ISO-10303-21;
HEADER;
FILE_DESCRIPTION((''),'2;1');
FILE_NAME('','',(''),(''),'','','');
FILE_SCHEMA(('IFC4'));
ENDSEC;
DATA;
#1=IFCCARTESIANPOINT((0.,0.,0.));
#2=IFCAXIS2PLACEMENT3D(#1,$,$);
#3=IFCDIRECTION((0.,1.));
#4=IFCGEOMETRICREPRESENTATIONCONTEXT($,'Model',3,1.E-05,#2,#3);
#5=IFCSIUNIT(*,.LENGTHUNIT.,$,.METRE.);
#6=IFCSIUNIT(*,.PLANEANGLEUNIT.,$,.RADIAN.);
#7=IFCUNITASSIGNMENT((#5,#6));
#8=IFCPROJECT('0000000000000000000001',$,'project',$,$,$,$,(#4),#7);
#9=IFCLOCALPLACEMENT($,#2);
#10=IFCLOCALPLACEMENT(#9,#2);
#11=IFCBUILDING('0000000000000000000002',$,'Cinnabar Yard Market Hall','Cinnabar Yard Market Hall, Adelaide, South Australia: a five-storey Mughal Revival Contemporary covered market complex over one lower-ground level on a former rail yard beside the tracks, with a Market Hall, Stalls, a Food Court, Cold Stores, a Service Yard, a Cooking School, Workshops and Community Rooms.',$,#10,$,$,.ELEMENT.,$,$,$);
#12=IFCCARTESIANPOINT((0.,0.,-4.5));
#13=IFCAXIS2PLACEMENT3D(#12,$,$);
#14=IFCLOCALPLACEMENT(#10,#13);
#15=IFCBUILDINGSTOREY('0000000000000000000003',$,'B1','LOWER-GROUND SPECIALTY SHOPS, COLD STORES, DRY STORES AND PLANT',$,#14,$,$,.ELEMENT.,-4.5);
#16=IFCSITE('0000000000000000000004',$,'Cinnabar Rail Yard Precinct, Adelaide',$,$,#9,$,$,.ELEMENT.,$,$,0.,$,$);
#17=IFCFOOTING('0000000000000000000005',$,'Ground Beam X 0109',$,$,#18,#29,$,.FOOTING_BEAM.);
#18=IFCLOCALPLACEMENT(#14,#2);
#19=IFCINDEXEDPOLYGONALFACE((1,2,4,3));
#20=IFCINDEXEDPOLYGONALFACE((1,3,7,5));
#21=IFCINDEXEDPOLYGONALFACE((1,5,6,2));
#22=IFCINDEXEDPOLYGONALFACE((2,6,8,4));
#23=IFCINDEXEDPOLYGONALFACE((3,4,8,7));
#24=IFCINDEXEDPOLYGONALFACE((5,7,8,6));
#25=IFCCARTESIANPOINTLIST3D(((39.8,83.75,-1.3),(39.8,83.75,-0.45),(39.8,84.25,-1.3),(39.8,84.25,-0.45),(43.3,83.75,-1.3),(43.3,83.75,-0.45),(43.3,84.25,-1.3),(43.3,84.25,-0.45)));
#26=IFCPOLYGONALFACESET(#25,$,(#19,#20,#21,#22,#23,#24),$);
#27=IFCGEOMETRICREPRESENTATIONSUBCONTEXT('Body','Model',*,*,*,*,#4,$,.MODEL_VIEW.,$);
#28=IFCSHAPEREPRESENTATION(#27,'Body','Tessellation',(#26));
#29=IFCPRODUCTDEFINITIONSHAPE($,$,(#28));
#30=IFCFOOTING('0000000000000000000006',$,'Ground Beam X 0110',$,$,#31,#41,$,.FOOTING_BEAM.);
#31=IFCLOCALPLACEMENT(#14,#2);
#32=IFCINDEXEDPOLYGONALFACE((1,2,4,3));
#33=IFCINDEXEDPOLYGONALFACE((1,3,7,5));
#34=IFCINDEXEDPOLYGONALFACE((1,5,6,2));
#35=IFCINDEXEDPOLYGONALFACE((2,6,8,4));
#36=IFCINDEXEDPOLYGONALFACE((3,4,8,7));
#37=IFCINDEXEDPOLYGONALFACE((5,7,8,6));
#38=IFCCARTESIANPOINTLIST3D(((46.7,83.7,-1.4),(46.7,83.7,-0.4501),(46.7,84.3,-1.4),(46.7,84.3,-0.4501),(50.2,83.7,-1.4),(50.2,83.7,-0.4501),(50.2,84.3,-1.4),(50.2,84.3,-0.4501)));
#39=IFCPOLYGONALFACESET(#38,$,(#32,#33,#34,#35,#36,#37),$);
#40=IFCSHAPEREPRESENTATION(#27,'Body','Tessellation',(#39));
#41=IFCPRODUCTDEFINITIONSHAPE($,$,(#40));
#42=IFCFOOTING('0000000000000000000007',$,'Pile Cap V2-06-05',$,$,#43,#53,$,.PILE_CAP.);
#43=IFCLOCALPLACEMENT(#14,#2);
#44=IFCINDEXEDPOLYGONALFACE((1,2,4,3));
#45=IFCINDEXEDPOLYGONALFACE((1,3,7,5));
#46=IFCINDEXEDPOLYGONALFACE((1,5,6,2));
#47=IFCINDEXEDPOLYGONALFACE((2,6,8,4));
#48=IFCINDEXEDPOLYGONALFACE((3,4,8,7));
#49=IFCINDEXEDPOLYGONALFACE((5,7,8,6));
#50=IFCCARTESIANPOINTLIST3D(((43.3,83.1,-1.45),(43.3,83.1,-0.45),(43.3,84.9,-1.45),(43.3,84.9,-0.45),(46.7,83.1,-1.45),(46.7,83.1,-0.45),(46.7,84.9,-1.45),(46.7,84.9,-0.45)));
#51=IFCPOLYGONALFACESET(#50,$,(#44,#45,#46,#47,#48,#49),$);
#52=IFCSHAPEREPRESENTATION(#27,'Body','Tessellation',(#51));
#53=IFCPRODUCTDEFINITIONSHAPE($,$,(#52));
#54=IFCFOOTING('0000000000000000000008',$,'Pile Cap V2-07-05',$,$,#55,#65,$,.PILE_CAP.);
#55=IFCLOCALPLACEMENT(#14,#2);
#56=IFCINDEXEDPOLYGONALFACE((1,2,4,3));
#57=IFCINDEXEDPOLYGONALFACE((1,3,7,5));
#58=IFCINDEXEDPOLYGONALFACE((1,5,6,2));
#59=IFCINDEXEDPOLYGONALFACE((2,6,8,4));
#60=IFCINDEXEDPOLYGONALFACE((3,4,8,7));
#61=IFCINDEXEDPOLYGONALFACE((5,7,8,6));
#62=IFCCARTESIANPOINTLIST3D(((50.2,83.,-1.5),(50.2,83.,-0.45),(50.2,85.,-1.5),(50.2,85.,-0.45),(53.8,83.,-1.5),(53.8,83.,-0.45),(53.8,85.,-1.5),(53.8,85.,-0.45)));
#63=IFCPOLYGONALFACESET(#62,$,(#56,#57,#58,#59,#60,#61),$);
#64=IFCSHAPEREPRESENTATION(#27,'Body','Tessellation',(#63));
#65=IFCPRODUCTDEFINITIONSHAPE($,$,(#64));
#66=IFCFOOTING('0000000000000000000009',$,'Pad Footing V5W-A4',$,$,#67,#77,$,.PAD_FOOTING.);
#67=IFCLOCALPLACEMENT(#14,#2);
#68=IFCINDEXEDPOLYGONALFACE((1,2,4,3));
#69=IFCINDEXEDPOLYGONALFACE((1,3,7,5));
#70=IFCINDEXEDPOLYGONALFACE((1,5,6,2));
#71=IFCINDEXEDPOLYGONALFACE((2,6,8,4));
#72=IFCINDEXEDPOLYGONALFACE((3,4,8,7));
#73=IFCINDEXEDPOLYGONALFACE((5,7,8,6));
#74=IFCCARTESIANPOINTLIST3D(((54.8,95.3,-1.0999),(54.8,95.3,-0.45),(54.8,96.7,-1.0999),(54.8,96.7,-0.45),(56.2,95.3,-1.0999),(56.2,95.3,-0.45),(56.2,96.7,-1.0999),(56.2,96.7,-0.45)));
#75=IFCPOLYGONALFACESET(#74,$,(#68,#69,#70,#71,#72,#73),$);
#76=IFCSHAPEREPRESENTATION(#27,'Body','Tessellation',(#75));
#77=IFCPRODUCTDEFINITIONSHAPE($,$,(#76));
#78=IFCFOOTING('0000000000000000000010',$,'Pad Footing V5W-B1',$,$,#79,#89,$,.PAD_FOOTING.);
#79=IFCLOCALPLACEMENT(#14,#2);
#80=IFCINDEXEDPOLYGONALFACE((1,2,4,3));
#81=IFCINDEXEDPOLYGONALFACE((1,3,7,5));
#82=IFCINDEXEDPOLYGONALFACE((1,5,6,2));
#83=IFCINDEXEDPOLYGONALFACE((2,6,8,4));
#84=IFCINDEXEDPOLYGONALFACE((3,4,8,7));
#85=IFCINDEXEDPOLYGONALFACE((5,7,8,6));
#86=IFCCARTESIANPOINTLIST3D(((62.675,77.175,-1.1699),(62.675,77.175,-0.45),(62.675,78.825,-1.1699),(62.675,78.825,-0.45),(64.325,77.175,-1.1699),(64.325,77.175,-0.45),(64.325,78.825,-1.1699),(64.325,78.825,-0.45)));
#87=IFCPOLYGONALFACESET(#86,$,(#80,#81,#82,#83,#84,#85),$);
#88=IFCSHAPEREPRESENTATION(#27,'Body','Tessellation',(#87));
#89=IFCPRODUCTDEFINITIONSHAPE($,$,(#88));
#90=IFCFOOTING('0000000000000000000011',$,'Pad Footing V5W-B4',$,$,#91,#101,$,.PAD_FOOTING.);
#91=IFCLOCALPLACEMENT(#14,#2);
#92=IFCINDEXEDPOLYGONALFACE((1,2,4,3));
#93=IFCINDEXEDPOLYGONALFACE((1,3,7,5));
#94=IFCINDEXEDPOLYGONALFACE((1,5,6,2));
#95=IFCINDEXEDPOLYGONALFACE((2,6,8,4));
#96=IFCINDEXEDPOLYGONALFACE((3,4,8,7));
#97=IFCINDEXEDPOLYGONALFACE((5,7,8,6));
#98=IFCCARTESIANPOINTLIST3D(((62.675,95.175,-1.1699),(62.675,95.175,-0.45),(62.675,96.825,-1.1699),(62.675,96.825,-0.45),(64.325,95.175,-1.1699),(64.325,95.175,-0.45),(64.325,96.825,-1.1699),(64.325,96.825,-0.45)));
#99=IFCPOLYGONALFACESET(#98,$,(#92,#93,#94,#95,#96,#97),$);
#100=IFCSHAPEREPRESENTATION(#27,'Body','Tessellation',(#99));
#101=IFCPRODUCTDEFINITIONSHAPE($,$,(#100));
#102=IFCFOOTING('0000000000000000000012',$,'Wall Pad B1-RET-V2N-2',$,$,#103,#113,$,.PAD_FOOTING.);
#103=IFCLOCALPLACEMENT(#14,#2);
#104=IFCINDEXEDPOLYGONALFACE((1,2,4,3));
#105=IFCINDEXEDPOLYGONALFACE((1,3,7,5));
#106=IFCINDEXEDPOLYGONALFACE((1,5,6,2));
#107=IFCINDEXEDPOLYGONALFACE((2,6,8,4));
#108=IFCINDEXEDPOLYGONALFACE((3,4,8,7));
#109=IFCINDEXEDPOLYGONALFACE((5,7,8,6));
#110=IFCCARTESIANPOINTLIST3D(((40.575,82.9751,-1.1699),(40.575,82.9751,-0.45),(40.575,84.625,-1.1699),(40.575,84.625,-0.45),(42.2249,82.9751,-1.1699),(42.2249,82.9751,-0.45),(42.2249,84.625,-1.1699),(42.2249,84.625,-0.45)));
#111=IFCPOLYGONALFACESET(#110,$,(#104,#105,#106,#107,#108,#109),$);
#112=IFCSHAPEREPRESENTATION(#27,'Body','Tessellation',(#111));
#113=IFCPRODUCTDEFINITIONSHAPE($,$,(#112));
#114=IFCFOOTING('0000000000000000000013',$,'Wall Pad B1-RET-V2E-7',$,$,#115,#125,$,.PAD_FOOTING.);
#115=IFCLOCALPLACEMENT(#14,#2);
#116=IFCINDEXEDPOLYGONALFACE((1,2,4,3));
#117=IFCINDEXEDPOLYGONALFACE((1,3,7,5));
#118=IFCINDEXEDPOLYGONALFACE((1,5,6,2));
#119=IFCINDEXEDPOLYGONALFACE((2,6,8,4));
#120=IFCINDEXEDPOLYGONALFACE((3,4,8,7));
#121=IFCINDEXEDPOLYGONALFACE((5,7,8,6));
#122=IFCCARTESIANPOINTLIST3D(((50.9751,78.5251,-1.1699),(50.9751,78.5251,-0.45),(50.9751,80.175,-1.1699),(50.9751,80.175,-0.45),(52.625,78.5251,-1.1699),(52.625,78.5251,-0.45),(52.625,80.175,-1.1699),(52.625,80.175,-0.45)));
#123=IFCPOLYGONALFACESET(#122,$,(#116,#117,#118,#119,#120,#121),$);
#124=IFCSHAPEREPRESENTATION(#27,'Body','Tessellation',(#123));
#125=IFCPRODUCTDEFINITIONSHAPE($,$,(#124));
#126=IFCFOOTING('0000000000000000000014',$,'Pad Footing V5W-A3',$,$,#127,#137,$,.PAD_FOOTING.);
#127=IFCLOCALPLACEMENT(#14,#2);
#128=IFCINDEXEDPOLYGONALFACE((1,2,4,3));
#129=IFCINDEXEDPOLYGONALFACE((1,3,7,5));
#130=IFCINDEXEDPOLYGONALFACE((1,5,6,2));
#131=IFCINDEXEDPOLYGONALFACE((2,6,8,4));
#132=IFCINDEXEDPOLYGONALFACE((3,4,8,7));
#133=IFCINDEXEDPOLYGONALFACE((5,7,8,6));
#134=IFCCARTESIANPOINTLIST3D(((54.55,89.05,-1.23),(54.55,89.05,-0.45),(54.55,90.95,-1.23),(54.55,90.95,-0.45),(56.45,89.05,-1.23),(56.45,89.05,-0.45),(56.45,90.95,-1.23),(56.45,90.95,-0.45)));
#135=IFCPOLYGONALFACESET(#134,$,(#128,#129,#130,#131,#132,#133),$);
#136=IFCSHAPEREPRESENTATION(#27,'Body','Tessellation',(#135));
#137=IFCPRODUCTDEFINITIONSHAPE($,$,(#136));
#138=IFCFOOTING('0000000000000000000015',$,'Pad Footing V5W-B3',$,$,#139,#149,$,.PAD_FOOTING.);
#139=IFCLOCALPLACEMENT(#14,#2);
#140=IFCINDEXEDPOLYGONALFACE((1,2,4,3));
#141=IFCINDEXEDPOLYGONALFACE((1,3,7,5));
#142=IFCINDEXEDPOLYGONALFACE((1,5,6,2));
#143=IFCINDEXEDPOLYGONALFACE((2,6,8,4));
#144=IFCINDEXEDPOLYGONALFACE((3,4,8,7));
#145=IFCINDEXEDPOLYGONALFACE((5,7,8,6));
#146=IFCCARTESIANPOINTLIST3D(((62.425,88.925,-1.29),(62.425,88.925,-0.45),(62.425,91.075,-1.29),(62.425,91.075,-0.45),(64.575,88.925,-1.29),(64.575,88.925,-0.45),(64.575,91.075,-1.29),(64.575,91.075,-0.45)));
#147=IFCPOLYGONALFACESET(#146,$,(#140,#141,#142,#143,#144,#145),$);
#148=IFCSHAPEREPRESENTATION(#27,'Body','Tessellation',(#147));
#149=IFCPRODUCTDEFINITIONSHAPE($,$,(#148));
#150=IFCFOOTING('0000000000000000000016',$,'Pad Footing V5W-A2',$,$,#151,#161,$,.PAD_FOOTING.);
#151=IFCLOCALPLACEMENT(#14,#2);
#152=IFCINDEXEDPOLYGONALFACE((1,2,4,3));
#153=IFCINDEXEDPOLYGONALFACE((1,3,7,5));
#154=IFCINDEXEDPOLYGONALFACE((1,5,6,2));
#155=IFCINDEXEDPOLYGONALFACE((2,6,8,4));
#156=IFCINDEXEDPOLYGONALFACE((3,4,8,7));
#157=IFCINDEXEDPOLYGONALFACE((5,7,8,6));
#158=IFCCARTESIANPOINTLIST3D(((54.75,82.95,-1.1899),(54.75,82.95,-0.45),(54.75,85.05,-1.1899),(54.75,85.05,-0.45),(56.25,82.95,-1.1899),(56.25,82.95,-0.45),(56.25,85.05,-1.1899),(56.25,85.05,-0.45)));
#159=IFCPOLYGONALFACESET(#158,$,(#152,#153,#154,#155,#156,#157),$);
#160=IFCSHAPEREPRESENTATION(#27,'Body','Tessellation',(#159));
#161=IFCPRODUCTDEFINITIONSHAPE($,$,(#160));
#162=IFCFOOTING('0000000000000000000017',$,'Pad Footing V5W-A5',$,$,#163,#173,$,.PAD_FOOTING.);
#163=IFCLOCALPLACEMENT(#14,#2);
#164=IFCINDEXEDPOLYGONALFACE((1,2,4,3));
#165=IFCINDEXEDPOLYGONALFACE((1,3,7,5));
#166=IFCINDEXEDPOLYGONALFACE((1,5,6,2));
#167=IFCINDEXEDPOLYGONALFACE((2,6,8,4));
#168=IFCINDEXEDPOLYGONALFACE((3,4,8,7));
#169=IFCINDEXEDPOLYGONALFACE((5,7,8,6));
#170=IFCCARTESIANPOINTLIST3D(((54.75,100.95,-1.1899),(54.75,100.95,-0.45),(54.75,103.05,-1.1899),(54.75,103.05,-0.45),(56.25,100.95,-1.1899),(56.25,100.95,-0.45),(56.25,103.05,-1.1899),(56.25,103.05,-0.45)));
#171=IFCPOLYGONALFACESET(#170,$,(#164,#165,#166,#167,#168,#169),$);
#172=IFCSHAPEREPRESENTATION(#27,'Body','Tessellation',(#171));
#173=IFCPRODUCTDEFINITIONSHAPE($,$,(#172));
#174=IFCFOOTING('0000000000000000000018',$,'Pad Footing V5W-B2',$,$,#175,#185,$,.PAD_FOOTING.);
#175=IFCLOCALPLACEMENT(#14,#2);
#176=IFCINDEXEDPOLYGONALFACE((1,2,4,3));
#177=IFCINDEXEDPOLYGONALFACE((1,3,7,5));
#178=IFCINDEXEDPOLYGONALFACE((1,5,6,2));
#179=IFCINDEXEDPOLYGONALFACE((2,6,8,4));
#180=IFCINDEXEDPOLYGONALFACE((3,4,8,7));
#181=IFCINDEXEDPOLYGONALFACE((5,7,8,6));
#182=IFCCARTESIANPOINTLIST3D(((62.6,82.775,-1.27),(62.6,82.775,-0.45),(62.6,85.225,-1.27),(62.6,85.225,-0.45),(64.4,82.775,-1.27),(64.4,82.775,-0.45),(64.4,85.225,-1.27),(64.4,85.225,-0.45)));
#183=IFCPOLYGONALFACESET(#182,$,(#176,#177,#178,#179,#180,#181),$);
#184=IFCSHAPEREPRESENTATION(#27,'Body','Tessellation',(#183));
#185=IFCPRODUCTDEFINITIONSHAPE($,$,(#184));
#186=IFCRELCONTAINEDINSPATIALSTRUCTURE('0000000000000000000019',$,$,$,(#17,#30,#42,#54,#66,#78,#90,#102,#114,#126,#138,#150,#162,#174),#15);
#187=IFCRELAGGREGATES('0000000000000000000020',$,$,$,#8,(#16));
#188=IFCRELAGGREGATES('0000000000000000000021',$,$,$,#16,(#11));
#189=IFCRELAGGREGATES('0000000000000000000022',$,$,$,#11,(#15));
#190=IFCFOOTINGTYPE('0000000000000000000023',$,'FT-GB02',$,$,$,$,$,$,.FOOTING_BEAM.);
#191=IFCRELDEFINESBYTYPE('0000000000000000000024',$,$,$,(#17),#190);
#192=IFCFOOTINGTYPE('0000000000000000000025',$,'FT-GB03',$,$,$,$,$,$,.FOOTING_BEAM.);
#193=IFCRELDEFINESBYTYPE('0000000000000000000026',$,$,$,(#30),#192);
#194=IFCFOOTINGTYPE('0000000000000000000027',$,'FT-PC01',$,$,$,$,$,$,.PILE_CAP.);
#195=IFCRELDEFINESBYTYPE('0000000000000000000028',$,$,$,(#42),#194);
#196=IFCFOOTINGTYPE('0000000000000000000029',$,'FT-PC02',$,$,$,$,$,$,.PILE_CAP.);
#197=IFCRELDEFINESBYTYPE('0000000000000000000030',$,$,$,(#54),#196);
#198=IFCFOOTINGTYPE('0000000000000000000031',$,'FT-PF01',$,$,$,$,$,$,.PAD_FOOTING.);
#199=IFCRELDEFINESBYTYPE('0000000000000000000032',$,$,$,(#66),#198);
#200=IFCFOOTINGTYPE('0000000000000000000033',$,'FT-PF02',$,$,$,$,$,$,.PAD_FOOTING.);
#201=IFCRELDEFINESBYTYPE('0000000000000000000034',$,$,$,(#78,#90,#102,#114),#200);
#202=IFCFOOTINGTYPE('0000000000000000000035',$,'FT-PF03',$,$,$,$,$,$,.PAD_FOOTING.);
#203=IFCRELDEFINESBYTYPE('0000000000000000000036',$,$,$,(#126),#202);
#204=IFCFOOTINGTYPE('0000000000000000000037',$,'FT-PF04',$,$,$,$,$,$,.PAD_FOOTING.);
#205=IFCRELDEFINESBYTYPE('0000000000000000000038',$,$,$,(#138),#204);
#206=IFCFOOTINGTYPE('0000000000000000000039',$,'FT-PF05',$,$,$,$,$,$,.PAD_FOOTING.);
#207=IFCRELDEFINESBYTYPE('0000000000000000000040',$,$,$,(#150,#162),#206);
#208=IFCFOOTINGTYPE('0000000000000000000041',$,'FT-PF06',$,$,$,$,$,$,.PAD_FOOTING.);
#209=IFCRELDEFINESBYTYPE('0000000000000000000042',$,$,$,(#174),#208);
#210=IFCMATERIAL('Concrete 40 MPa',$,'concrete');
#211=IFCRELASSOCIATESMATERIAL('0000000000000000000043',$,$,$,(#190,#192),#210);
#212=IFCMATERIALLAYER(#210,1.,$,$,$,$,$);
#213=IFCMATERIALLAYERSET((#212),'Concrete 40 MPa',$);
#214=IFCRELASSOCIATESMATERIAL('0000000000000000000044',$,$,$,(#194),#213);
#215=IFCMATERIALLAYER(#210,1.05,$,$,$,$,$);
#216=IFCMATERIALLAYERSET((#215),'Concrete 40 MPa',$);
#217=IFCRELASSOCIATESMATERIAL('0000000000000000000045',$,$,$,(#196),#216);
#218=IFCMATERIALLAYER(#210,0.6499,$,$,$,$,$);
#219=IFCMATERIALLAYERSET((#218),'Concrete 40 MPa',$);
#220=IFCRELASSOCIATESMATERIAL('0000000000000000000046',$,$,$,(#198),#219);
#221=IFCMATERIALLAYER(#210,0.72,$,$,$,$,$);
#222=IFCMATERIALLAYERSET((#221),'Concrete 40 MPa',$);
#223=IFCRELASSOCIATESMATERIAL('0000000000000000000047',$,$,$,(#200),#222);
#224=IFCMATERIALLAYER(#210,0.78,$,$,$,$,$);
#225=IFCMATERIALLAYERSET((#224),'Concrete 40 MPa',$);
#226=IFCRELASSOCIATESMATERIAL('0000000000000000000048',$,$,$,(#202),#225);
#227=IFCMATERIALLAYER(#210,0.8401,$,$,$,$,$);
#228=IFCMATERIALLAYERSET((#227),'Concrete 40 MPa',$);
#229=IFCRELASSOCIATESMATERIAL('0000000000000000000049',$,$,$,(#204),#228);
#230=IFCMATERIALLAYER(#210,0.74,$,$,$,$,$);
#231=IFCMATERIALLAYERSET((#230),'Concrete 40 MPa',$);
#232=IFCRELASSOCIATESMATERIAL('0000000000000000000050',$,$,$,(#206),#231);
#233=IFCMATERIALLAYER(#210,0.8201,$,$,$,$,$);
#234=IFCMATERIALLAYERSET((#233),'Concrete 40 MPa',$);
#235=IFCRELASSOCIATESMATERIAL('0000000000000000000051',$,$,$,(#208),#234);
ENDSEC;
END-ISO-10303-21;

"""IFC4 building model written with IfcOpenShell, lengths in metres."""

from ifc_helpers import new_model, si_unit, direction, frame, origin, origin_2d_with_axis, place, context, subcontext, project, spatial, rectangle, extrude, material, layer, layer_set, material_profile, profile_set, type_object, element, save


model = new_model("IFC4")

# Units and contexts
model_context = context("Model", 3, precision=1e-05, world=origin(), true_north=direction((0.0, 1.0)))
body_context = subcontext(model_context, "Body", "Model", "MODEL_VIEW")
ifc_project = project(units=[si_unit("LENGTHUNIT", "METRE"), si_unit("PLANEANGLEUNIT", "RADIAN")], contexts=[model_context])

# Site, building, storey
site_placement = place(None, origin())
site = spatial("IfcSite", under=ifc_project, at=site_placement, Name="Cinnabar Rail Yard Precinct, Adelaide", CompositionType="ELEMENT", RefElevation=0.0)
building_placement = place(site_placement, origin())
building = spatial("IfcBuilding", under=site, at=building_placement, Name="Cinnabar Yard Market Hall", Description="Cinnabar Yard Market Hall, Adelaide, South Australia: a five-storey Mughal Revival Contemporary covered market complex over one lower-ground level on a former rail yard beside the tracks, with a Market Hall, Stalls, a Food Court, Cold Stores, a Service Yard, a Cooking School, Workshops and Community Rooms.", CompositionType="ELEMENT")
storey_placement = place(building_placement, frame((0.0, 0.0, -4.5)))
storey = spatial("IfcBuildingStorey", under=building, at=storey_placement, Name="B1", Description="LOWER-GROUND SPECIALTY SHOPS, COLD STORES, DRY STORES AND PLANT", CompositionType="ELEMENT", Elevation=-4.5)

# Footings
ifc_material_1 = material(Name="Concrete 40 MPa", Category="concrete")
ifc_material_profile_1 = material_profile(ifc_material_1, rectangle(XDim=0.5, YDim=0.8501, at=origin_2d_with_axis()), Name="GB-500x850")
ifc_profile_set_1 = profile_set([ifc_material_profile_1], Name="Concrete 40 MPa")
footing_type_1 = type_object("IfcFootingType", Name="FT-GB02", PredefinedType="FOOTING_BEAM", material=ifc_profile_set_1)
footing_1_placement = place(storey_placement, frame((39.8, 84.0, -0.875), z_axis=(1.0, 0.0, 0.0), x_axis=(0.0, 1.0, 0.0)))
element("IfcFooting", 1, at=footing_1_placement, inside=storey, type_object=footing_type_1, Name="Ground Beam X 0109", PredefinedType="FOOTING_BEAM", context=body_context, shape_type="SweptSolid", body=[
    extrude(rectangle(XDim=0.5, YDim=0.8501, at=origin_2d_with_axis()), origin(), (0.0, 0.0, 1.0), 3.5),
])
ifc_material_profile_2 = material_profile(ifc_material_1, rectangle(XDim=0.6001, YDim=0.95, at=origin_2d_with_axis()), Name="GB-600x950")
ifc_profile_set_2 = profile_set([ifc_material_profile_2], Name="Concrete 40 MPa")
footing_type_2 = type_object("IfcFootingType", Name="FT-GB03", PredefinedType="FOOTING_BEAM", material=ifc_profile_set_2)
footing_2_placement = place(storey_placement, frame((46.7, 84.0, -0.925), z_axis=(1.0, 0.0, 0.0), x_axis=(0.0, 1.0, 0.0)))
element("IfcFooting", 2, at=footing_2_placement, inside=storey, type_object=footing_type_2, Name="Ground Beam X 0110", PredefinedType="FOOTING_BEAM", context=body_context, shape_type="SweptSolid", body=[
    extrude(rectangle(XDim=0.6001, YDim=0.95, at=origin_2d_with_axis()), origin(), (0.0, 0.0, 1.0), 3.5),
])
ifc_layer_1 = layer(ifc_material_1, 1.0)
ifc_layer_set_1 = layer_set([ifc_layer_1], Name="Concrete 40 MPa")
footing_type_3 = type_object("IfcFootingType", Name="FT-PC01", PredefinedType="PILE_CAP", material=ifc_layer_set_1)
footing_3_placement = place(storey_placement, frame((45.0, 84.0, -1.45), z_axis=(0.0, 0.0, 1.0), x_axis=(1.0, 0.0, 0.0)))
element("IfcFooting", 3, at=footing_3_placement, inside=storey, type_object=footing_type_3, Name="Pile Cap V2-06-05", PredefinedType="PILE_CAP", context=body_context, shape_type="SweptSolid", body=[
    extrude(rectangle(XDim=3.3999, YDim=1.8, at=origin_2d_with_axis()), origin(), (0.0, 0.0, 1.0), 1.0),
])
ifc_layer_2 = layer(ifc_material_1, 1.05)
ifc_layer_set_2 = layer_set([ifc_layer_2], Name="Concrete 40 MPa")
footing_type_4 = type_object("IfcFootingType", Name="FT-PC02", PredefinedType="PILE_CAP", material=ifc_layer_set_2)
footing_4_placement = place(storey_placement, frame((52.0, 84.0, -1.5), z_axis=(0.0, 0.0, 1.0), x_axis=(1.0, 0.0, 0.0)))
element("IfcFooting", 4, at=footing_4_placement, inside=storey, type_object=footing_type_4, Name="Pile Cap V2-07-05", PredefinedType="PILE_CAP", context=body_context, shape_type="SweptSolid", body=[
    extrude(rectangle(XDim=3.6001, YDim=2.0, at=origin_2d_with_axis()), origin(), (0.0, 0.0, 1.0), 1.05),
])
ifc_layer_3 = layer(ifc_material_1, 0.6499)
ifc_layer_set_3 = layer_set([ifc_layer_3], Name="Concrete 40 MPa")
footing_type_5 = type_object("IfcFootingType", Name="FT-PF01", PredefinedType="PAD_FOOTING", material=ifc_layer_set_3)
footing_5_placement = place(storey_placement, frame((55.5, 96.0, -1.0999), z_axis=(0.0, 0.0, 1.0), x_axis=(1.0, 0.0, 0.0)))
element("IfcFooting", 5, at=footing_5_placement, inside=storey, type_object=footing_type_5, Name="Pad Footing V5W-A4", PredefinedType="PAD_FOOTING", context=body_context, shape_type="SweptSolid", body=[
    extrude(rectangle(XDim=1.3999, YDim=1.3999, at=origin_2d_with_axis()), origin(), (0.0, 0.0, 1.0), 0.6499),
])
ifc_layer_4 = layer(ifc_material_1, 0.72)
ifc_layer_set_4 = layer_set([ifc_layer_4], Name="Concrete 40 MPa")
footing_type_6 = type_object("IfcFootingType", Name="FT-PF02", PredefinedType="PAD_FOOTING", material=ifc_layer_set_4)
for number, where, z_axis, x_axis, name in (
    (6, (63.5, 78.0, -1.1699), (0.0, 0.0, 1.0), (1.0, 0.0, 0.0), "Pad Footing V5W-B1"),
    (7, (63.5, 96.0, -1.1699), (0.0, 0.0, 1.0), (1.0, 0.0, 0.0), "Pad Footing V5W-B4"),
    (8, (41.3999, 83.8, -1.1699), (0.0, 0.0, 1.0), (1.0, 0.0, 0.0), "Wall Pad B1-RET-V2N-2"),
    (9, (51.8, 79.3501, -1.1699), (0.0, 0.0, 1.0), (1.0, 0.0, 0.0), "Wall Pad B1-RET-V2E-7"),
):
    element("IfcFooting", number, at=place(storey_placement, frame(where, z_axis=z_axis, x_axis=x_axis)), inside=storey, type_object=footing_type_6, Name=name, PredefinedType="PAD_FOOTING", context=body_context, shape_type="SweptSolid", body=[
        extrude(rectangle(XDim=1.6499, YDim=1.6499, at=origin_2d_with_axis()), origin(), (0.0, 0.0, 1.0), 0.72),
    ])
ifc_layer_5 = layer(ifc_material_1, 0.78)
ifc_layer_set_5 = layer_set([ifc_layer_5], Name="Concrete 40 MPa")
footing_type_7 = type_object("IfcFootingType", Name="FT-PF03", PredefinedType="PAD_FOOTING", material=ifc_layer_set_5)
footing_6_placement = place(storey_placement, frame((55.5, 90.0, -1.23), z_axis=(0.0, 0.0, 1.0), x_axis=(1.0, 0.0, 0.0)))
element("IfcFooting", 10, at=footing_6_placement, inside=storey, type_object=footing_type_7, Name="Pad Footing V5W-A3", PredefinedType="PAD_FOOTING", context=body_context, shape_type="SweptSolid", body=[
    extrude(rectangle(XDim=1.8999, YDim=1.8999, at=origin_2d_with_axis()), origin(), (0.0, 0.0, 1.0), 0.78),
])
ifc_layer_6 = layer(ifc_material_1, 0.8401)
ifc_layer_set_6 = layer_set([ifc_layer_6], Name="Concrete 40 MPa")
footing_type_8 = type_object("IfcFootingType", Name="FT-PF04", PredefinedType="PAD_FOOTING", material=ifc_layer_set_6)
footing_7_placement = place(storey_placement, frame((63.5, 90.0, -1.29), z_axis=(0.0, 0.0, 1.0), x_axis=(1.0, 0.0, 0.0)))
element("IfcFooting", 11, at=footing_7_placement, inside=storey, type_object=footing_type_8, Name="Pad Footing V5W-B3", PredefinedType="PAD_FOOTING", context=body_context, shape_type="SweptSolid", body=[
    extrude(rectangle(XDim=2.1499, YDim=2.1499, at=origin_2d_with_axis()), origin(), (0.0, 0.0, 1.0), 0.8401),
])
ifc_layer_7 = layer(ifc_material_1, 0.74)
ifc_layer_set_7 = layer_set([ifc_layer_7], Name="Concrete 40 MPa")
footing_type_9 = type_object("IfcFootingType", Name="FT-PF05", PredefinedType="PAD_FOOTING", material=ifc_layer_set_7)
for number, where, z_axis, x_axis, name in (
    (12, (55.5, 84.0, -1.1899), (0.0, 0.0, 1.0), (1.0, 0.0, 0.0), "Pad Footing V5W-A2"),
    (13, (55.5, 102.0, -1.1899), (0.0, 0.0, 1.0), (1.0, 0.0, 0.0), "Pad Footing V5W-A5"),
):
    element("IfcFooting", number, at=place(storey_placement, frame(where, z_axis=z_axis, x_axis=x_axis)), inside=storey, type_object=footing_type_9, Name=name, PredefinedType="PAD_FOOTING", context=body_context, shape_type="SweptSolid", body=[
        extrude(rectangle(XDim=1.5, YDim=2.1001, at=origin_2d_with_axis()), origin(), (0.0, 0.0, 1.0), 0.74),
    ])
ifc_layer_8 = layer(ifc_material_1, 0.8201)
ifc_layer_set_8 = layer_set([ifc_layer_8], Name="Concrete 40 MPa")
footing_type_10 = type_object("IfcFootingType", Name="FT-PF06", PredefinedType="PAD_FOOTING", material=ifc_layer_set_8)
for number, where, z_axis, x_axis, name in (
    (14, (63.5, 84.0, -1.27), (0.0, 0.0, 1.0), (1.0, 0.0, 0.0), "Pad Footing V5W-B2"),
):
    element("IfcFooting", number, at=place(storey_placement, frame(where, z_axis=z_axis, x_axis=x_axis)), inside=storey, type_object=footing_type_10, Name=name, PredefinedType="PAD_FOOTING", context=body_context, shape_type="SweptSolid", body=[
        extrude(rectangle(XDim=1.8, YDim=2.45, at=origin_2d_with_axis()), origin(), (0.0, 0.0, 1.0), 0.8201),
    ])

save(model, "model.ifc")
